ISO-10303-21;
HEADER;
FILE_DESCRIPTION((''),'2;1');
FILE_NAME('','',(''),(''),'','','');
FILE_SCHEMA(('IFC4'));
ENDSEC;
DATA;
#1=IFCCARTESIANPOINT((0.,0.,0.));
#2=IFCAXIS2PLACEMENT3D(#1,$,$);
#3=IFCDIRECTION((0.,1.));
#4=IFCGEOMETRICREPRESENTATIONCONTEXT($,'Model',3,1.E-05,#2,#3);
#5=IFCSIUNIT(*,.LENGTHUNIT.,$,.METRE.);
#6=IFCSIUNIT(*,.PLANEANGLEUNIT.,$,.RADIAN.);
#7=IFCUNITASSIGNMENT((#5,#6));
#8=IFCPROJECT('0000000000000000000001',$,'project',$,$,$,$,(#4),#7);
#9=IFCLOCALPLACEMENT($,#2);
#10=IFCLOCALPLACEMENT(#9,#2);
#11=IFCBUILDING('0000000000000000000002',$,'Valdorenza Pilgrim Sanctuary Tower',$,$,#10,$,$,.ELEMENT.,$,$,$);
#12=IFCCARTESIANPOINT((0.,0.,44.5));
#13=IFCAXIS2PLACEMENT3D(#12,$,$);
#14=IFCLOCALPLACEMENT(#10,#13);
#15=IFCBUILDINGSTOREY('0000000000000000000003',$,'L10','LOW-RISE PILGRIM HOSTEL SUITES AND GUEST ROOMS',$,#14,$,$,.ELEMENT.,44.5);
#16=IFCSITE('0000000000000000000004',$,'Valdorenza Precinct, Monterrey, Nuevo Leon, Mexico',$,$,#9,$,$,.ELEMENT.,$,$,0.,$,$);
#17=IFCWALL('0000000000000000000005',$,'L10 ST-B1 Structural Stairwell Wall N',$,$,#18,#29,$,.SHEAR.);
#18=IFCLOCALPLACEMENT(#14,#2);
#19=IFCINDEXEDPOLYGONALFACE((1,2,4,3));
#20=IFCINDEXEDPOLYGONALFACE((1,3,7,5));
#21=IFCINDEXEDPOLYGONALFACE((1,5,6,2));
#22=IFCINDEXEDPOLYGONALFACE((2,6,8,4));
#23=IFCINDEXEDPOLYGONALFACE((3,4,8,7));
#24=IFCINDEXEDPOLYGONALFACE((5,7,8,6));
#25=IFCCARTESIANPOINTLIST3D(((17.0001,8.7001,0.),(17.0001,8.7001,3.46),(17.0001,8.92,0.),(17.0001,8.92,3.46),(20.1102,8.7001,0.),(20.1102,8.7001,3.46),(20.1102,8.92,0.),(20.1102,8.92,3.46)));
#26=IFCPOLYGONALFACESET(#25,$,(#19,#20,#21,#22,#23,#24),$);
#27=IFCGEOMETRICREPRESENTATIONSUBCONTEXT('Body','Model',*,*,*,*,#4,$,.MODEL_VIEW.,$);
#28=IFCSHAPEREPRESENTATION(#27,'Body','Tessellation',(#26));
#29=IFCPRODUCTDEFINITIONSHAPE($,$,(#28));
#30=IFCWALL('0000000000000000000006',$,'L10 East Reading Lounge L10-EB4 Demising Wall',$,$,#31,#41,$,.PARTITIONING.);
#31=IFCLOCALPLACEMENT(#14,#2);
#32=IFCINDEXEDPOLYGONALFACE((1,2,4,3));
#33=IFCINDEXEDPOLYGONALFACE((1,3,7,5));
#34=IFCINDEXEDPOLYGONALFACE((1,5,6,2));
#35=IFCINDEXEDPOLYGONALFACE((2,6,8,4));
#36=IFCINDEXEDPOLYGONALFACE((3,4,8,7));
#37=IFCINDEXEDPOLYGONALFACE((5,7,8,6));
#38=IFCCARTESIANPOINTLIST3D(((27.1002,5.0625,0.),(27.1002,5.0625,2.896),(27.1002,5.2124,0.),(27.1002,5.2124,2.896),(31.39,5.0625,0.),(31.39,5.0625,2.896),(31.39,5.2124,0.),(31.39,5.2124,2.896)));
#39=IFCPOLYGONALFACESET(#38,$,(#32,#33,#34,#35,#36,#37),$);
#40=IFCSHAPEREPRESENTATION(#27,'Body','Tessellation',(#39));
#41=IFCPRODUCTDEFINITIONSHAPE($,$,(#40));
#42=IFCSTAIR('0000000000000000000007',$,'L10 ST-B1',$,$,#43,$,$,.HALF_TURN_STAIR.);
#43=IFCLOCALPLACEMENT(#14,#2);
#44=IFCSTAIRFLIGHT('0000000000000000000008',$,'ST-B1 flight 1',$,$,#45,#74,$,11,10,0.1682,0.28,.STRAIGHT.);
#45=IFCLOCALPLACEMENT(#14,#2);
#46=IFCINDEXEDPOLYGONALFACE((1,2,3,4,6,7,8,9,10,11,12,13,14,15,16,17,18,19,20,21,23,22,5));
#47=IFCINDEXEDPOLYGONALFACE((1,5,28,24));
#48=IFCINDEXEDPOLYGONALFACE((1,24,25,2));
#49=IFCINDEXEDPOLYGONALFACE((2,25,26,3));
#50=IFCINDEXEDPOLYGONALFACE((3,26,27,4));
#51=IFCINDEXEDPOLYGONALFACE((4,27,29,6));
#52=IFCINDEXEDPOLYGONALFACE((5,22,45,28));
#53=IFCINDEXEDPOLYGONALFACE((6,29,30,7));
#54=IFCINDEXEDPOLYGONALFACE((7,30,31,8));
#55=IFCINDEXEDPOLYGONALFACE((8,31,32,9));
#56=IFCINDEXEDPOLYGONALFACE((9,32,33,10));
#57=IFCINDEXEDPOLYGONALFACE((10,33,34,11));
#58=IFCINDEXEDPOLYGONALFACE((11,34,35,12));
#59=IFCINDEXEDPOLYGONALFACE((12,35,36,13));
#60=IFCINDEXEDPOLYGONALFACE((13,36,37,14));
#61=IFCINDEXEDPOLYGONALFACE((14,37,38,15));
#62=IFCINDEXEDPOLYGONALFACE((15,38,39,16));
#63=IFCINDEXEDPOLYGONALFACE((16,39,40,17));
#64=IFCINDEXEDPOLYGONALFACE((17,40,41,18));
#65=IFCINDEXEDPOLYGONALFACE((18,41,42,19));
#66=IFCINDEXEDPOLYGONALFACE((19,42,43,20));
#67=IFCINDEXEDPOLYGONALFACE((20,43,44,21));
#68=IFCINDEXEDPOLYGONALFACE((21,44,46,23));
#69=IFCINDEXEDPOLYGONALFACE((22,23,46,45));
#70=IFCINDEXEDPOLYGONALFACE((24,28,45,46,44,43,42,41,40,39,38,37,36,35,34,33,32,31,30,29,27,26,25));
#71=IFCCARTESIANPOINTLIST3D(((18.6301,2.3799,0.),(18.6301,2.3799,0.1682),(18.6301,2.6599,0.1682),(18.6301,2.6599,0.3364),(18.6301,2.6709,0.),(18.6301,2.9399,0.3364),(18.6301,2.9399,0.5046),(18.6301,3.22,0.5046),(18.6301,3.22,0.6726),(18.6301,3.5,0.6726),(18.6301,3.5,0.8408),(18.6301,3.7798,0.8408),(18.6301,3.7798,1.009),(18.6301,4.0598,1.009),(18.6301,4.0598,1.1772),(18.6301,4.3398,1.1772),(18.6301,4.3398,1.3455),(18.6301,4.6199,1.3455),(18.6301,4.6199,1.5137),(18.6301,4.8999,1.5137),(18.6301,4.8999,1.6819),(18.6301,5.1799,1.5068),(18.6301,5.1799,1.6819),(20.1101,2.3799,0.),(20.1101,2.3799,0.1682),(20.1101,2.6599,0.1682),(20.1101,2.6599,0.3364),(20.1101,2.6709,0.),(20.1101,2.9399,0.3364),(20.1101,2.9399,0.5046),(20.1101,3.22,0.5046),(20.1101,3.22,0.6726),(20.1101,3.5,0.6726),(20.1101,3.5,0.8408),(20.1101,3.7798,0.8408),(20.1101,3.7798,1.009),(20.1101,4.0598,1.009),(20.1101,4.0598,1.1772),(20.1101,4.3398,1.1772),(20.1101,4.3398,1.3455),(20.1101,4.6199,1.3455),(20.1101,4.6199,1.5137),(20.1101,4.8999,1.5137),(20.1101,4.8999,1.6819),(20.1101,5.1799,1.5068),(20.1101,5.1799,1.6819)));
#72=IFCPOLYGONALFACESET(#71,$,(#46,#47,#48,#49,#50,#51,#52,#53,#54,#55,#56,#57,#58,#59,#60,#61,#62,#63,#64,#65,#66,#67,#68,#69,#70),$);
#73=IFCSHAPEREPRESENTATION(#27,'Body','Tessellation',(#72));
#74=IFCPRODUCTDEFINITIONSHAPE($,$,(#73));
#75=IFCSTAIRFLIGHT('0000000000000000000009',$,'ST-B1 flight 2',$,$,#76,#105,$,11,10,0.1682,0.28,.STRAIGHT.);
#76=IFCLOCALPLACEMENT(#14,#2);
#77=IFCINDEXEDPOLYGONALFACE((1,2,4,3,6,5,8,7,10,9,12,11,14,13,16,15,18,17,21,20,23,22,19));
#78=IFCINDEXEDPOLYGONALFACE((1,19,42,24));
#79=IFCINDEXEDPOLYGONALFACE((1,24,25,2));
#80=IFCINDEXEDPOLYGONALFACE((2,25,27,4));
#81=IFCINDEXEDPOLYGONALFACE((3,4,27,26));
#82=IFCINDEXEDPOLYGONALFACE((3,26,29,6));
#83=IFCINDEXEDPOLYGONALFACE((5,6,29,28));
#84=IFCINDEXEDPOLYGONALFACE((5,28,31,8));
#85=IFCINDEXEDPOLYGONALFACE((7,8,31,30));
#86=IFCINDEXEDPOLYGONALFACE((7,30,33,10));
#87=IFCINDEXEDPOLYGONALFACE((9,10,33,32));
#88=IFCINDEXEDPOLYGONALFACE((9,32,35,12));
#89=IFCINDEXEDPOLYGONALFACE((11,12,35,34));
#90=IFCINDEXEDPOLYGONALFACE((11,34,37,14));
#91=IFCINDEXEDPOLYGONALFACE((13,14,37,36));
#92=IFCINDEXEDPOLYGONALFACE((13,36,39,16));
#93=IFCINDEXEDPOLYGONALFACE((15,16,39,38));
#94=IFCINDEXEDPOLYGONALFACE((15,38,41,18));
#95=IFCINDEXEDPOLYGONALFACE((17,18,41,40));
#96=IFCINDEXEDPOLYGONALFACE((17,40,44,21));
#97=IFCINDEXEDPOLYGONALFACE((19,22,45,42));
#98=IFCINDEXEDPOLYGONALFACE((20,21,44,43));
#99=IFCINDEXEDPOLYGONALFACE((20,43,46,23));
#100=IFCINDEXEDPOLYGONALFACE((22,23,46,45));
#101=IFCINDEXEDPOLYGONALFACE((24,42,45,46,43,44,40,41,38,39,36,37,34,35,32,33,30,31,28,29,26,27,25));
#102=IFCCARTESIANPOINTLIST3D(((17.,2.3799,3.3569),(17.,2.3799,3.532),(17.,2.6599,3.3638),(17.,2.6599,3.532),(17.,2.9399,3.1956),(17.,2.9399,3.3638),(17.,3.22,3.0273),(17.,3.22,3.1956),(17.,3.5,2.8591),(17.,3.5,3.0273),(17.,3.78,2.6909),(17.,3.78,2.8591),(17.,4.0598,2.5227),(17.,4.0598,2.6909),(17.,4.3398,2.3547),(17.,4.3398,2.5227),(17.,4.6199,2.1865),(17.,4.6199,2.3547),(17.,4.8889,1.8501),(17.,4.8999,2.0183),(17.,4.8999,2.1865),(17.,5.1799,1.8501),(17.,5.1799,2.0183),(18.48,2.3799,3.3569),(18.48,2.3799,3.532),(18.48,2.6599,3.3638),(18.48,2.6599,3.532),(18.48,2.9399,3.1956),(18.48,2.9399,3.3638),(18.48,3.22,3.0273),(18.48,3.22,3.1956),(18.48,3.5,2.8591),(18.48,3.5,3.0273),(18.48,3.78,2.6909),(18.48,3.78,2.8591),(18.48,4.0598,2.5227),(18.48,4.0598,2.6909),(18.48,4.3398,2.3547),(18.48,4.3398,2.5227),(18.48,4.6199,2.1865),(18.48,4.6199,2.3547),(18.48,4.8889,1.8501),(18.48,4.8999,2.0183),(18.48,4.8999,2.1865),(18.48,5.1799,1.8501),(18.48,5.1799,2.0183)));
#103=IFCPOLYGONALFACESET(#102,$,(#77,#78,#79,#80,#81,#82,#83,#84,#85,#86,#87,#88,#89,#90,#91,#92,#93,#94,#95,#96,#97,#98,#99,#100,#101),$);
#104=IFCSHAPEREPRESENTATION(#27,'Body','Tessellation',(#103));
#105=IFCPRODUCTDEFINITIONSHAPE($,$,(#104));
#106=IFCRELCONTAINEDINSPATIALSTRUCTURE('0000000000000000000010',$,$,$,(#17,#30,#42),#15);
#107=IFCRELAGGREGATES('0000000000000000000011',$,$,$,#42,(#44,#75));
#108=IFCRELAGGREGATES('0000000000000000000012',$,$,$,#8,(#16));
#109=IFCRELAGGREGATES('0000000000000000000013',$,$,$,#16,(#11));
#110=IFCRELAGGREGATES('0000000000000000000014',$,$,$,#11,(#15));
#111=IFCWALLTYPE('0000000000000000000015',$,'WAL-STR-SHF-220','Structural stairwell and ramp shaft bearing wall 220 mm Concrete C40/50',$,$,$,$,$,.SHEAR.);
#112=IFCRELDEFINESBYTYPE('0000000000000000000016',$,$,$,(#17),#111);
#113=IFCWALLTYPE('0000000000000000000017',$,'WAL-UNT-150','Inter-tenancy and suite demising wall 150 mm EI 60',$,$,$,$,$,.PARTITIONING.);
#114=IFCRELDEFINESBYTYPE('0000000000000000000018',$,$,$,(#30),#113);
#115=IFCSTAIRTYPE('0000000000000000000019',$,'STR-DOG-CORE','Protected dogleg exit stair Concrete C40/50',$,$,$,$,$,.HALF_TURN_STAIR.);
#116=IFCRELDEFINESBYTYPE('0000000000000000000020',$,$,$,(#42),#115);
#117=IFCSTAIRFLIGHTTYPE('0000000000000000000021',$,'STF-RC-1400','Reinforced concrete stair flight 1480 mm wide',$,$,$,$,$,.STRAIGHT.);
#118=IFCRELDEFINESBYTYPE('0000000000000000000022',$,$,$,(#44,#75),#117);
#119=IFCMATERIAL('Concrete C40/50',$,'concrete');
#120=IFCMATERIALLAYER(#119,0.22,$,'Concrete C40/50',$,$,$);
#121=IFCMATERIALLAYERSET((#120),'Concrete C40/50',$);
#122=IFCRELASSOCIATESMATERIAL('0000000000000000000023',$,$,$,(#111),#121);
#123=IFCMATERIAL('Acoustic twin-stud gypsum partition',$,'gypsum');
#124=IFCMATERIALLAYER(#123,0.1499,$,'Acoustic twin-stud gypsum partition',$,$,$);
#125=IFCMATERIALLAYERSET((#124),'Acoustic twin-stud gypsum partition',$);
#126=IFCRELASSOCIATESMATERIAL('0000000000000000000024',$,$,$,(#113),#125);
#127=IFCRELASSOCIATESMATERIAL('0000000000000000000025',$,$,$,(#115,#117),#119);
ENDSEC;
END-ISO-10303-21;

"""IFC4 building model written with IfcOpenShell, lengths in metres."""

from ifc_helpers import new_model, si_unit, direction, frame, frame_2d, origin, place, context, subcontext, project, spatial, polyline, rectangle, outline, extrude, material, layer, layer_set, type_object, element, aggregate, save


model = new_model("IFC4")

# Units and contexts
model_context = context("Model", 3, precision=1e-05, world=origin(), true_north=direction((0.0, 1.0)))
body_context = subcontext(model_context, "Body", "Model", "MODEL_VIEW")
ifc_project = project(units=[si_unit("LENGTHUNIT", "METRE"), si_unit("PLANEANGLEUNIT", "RADIAN")], contexts=[model_context])

# Site, building, storey
site_placement = place(None, origin())
site = spatial("IfcSite", under=ifc_project, at=site_placement, Name="Valdorenza Precinct, Monterrey, Nuevo Leon, Mexico", CompositionType="ELEMENT", RefElevation=0.0)
building_placement = place(site_placement, origin())
building = spatial("IfcBuilding", under=site, at=building_placement, Name="Valdorenza Pilgrim Sanctuary Tower", CompositionType="ELEMENT")
storey_placement = place(building_placement, frame((0.0, 0.0, 44.5)))
storey = spatial("IfcBuildingStorey", under=building, at=storey_placement, Name="L10", Description="LOW-RISE PILGRIM HOSTEL SUITES AND GUEST ROOMS", CompositionType="ELEMENT", Elevation=44.5)

# Shared definitions
ifc_material_1 = material(Name="Acoustic twin-stud gypsum partition", Category="gypsum")

# Shared definitions
ifc_material_2 = material(Name="Concrete C40/50", Category="concrete")
ifc_layer_1 = layer(ifc_material_2, 0.22, Name="Concrete C40/50")
ifc_layer_set_1 = layer_set([ifc_layer_1], Name="Concrete C40/50")
wall_type_1 = type_object("IfcWallType", Name="WAL-STR-SHF-220", Description="Structural stairwell and ramp shaft bearing wall 220 mm Concrete C40/50", PredefinedType="SHEAR", material=ifc_layer_set_1)

# Walls
wall_1_placement = place(storey_placement, frame((17.0, 8.8101, 0.0), z_axis=(0.0, 0.0, 1.0), x_axis=(1.0, 0.0, 0.0)))
element("IfcWall", 1, at=wall_1_placement, inside=storey, type_object=wall_type_1, Name="L10 ST-B1 Structural Stairwell Wall N", PredefinedType="SHEAR", context=body_context, shape_type="SweptSolid", body=[
    extrude(rectangle(XDim=3.1101, YDim=0.22, at=frame_2d((1.5552, 0.0))), origin(), (0.0, 0.0, 1.0), 3.46),
])
ifc_layer_2 = layer(ifc_material_1, 0.1499, Name="Acoustic twin-stud gypsum partition")
ifc_layer_set_2 = layer_set([ifc_layer_2], Name="Acoustic twin-stud gypsum partition")
wall_type_2 = type_object("IfcWallType", Name="WAL-UNT-150", Description="Inter-tenancy and suite demising wall 150 mm EI 60", PredefinedType="PARTITIONING", material=ifc_layer_set_2)
wall_2_placement = place(storey_placement, frame((27.1001, 5.1375, 0.0), z_axis=(0.0, 0.0, 1.0), x_axis=(1.0, 0.0, 0.0)))
element("IfcWall", 2, at=wall_2_placement, inside=storey, type_object=wall_type_2, Name="L10 East Reading Lounge L10-EB4 Demising Wall", PredefinedType="PARTITIONING", context=body_context, shape_type="SweptSolid", body=[
    extrude(rectangle(XDim=4.2898, YDim=0.1499, at=frame_2d((2.145, 0.0))), origin(), (0.0, 0.0, 1.0), 2.896),
])

# Stair, stair flights
stair_type = type_object("IfcStairType", Name="STR-DOG-CORE", Description="Protected dogleg exit stair Concrete C40/50", PredefinedType="HALF_TURN_STAIR", material=ifc_material_2)
stair_placement = place(storey_placement, origin())
stair = element("IfcStair", 3, at=stair_placement, inside=storey, type_object=stair_type, Name="L10 ST-B1", PredefinedType="HALF_TURN_STAIR")
stair_flight_type = type_object("IfcStairFlightType", Name="STF-RC-1400", Description="Reinforced concrete stair flight 1480 mm wide", PredefinedType="STRAIGHT", material=ifc_material_2)
stair_flight_1_placement = place(storey_placement, frame((19.3701, 2.3799, 0.0), z_axis=(0.0, 0.0, 1.0), x_axis=(0.0, 1.0, 0.0)))
stair_flight_1 = element("IfcStairFlight", 4, at=stair_flight_1_placement, type_object=stair_flight_type, Name="ST-B1 flight 1", NumberOfRisers=11, NumberOfTreads=10, PredefinedType="STRAIGHT", RiserHeight=0.1682, TreadLength=0.28, context=body_context, shape_type="SweptSolid", body=[
    extrude(outline(polyline([(0.0, 0.0), (0.0, 0.1682), (0.28, 0.1682), (0.28, 0.3364), (0.5601, 0.3364), (0.5601, 0.5046), (0.8401, 0.5046), (0.8401, 0.6726), (1.1201, 0.6726), (1.1201, 0.8408), (1.3999, 0.8408), (1.3999, 1.009), (1.6799, 1.009), (1.6799, 1.1772), (1.96, 1.1772), (1.96, 1.3455), (2.24, 1.3455), (2.24, 1.5137), (2.52, 1.5137), (2.52, 1.6819), (2.8, 1.6819), (2.8, 1.8501), (2.8, 1.5068), (0.291, 0.0), (0.0, 0.0)])), frame((0.0, 0.74, 0.0), z_axis=(0.0, -1.0, 0.0), x_axis=(1.0, 0.0, 0.0)), (0.0, 0.0, 1.0), 1.48),
])
stair_flight_2_placement = place(storey_placement, frame((17.74, 5.1799, 1.8501), z_axis=(0.0, 0.0, 1.0), x_axis=(0.0, -1.0, 0.0)))
stair_flight_2 = element("IfcStairFlight", 5, at=stair_flight_2_placement, type_object=stair_flight_type, Name="ST-B1 flight 2", NumberOfRisers=11, NumberOfTreads=10, PredefinedType="STRAIGHT", RiserHeight=0.1682, TreadLength=0.28, context=body_context, shape_type="SweptSolid", body=[
    extrude(outline(polyline([(0.0, 0.0), (0.0, 0.1682), (0.28, 0.1682), (0.28, 0.3364), (0.5601, 0.3364), (0.5601, 0.5046), (0.8401, 0.5046), (0.8401, 0.6726), (1.1201, 0.6726), (1.1201, 0.8408), (1.3999, 0.8408), (1.3999, 1.009), (1.6799, 1.009), (1.6799, 1.1772), (1.96, 1.1772), (1.96, 1.3455), (2.24, 1.3455), (2.24, 1.5137), (2.52, 1.5137), (2.52, 1.6819), (2.8, 1.6819), (2.8, 1.8501), (2.8, 1.5068), (0.291, 0.0), (0.0, 0.0)])), frame((0.0, 0.74, 0.0), z_axis=(0.0, -1.0, 0.0), x_axis=(1.0, 0.0, 0.0)), (0.0, 0.0, 1.0), 1.48),
])
aggregate(stair, [stair_flight_1, stair_flight_2])

save(model, "model.ifc")
